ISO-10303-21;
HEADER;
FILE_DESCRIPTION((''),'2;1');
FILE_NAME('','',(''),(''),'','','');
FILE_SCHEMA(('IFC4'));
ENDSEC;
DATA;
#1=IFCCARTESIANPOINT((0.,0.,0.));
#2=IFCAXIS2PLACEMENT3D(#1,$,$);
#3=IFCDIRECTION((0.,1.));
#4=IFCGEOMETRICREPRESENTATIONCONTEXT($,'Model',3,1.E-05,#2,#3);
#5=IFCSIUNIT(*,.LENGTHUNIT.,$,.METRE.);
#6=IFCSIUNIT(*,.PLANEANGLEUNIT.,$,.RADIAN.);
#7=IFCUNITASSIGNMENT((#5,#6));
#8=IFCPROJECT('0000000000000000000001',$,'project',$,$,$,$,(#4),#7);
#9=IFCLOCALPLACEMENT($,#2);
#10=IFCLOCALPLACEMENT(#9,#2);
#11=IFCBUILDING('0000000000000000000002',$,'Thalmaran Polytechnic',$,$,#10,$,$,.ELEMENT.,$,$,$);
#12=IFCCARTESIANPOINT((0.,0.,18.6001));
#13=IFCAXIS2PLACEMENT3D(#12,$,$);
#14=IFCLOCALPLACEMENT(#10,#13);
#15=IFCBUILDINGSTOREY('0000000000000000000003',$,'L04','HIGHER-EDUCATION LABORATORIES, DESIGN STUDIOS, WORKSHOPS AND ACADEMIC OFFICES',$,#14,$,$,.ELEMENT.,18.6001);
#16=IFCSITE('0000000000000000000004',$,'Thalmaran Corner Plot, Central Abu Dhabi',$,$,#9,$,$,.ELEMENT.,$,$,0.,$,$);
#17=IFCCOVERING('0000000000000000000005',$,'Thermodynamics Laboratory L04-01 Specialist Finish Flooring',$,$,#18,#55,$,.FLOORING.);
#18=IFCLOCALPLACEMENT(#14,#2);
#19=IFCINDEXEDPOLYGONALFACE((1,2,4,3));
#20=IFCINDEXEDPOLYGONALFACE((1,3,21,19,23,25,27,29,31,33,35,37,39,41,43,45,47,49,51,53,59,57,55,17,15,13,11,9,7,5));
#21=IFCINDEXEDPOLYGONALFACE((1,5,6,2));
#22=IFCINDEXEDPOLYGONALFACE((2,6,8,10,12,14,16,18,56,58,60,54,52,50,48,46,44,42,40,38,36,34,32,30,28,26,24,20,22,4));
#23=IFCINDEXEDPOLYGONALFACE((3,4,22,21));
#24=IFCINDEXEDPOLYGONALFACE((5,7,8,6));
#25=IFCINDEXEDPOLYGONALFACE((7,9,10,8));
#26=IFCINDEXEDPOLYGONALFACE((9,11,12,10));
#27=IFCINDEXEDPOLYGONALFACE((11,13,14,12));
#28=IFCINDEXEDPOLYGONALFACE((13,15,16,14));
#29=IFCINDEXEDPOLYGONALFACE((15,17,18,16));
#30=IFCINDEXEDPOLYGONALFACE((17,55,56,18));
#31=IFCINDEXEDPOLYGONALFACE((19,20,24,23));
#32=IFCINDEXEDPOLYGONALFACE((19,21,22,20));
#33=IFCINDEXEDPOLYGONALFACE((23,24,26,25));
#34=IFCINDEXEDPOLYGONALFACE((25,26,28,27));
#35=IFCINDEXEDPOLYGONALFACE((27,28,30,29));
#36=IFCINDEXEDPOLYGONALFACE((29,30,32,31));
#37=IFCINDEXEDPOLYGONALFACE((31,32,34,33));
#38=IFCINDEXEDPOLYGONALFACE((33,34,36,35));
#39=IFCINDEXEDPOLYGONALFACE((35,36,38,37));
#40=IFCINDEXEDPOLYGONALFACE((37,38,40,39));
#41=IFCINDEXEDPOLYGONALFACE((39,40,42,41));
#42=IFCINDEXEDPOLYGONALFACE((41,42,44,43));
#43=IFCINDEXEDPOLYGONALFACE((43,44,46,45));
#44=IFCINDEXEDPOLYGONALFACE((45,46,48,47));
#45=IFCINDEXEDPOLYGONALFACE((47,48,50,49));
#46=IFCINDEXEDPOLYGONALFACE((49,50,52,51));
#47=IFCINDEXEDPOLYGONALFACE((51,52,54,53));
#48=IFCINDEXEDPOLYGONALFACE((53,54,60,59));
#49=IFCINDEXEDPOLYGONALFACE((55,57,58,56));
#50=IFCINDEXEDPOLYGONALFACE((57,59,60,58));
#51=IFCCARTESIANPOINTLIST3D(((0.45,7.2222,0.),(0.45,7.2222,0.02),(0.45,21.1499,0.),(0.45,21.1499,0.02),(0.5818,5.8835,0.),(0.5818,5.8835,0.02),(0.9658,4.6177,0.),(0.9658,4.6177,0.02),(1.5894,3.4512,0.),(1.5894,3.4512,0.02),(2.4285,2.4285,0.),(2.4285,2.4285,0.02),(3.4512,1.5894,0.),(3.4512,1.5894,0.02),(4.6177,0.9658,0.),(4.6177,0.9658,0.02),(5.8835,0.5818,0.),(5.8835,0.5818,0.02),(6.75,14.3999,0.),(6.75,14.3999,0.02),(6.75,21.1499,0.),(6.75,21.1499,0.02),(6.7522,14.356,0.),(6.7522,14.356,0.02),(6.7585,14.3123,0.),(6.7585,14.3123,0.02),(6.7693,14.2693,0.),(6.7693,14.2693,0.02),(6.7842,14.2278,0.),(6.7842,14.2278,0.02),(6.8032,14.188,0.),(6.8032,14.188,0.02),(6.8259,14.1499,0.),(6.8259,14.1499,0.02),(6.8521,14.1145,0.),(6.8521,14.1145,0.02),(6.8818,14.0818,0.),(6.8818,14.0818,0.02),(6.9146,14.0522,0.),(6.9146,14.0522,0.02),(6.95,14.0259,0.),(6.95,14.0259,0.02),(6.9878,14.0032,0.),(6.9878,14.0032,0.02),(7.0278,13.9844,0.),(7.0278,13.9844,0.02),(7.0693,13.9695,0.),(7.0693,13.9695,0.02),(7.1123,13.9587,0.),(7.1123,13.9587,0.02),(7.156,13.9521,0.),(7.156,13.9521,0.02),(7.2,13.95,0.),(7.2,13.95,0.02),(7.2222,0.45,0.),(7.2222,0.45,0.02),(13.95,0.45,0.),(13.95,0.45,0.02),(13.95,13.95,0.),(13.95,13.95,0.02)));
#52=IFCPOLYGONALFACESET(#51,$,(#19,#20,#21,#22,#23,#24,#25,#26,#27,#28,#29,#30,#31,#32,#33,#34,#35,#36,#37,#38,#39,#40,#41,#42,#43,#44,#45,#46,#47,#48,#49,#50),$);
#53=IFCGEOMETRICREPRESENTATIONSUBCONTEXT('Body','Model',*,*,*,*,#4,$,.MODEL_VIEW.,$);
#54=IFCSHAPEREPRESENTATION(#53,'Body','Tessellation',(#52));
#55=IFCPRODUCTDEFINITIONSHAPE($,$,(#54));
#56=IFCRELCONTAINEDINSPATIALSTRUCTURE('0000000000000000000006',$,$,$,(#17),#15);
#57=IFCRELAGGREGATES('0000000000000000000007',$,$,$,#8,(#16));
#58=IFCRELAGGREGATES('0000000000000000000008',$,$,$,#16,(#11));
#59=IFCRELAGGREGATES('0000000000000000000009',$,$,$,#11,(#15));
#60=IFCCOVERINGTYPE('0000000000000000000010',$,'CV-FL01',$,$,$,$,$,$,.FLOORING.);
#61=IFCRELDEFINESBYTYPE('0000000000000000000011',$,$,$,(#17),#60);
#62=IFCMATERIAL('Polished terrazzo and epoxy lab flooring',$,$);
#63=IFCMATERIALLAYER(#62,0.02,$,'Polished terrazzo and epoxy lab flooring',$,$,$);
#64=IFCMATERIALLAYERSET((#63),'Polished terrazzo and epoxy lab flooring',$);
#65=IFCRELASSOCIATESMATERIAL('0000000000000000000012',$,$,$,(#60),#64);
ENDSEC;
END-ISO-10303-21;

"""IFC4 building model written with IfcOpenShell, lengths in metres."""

from ifc_helpers import new_model, si_unit, direction, frame, origin, place, context, subcontext, project, spatial, polyline, outline, extrude, material, layer, layer_set, type_object, element, save


model = new_model("IFC4")

# Units and contexts
model_context = context("Model", 3, precision=1e-05, world=origin(), true_north=direction((0.0, 1.0)))
body_context = subcontext(model_context, "Body", "Model", "MODEL_VIEW")
ifc_project = project(units=[si_unit("LENGTHUNIT", "METRE"), si_unit("PLANEANGLEUNIT", "RADIAN")], contexts=[model_context])

# Site, building, storey
site_placement = place(None, origin())
site = spatial("IfcSite", under=ifc_project, at=site_placement, Name="Thalmaran Corner Plot, Central Abu Dhabi", CompositionType="ELEMENT", RefElevation=0.0)
building_placement = place(site_placement, origin())
building = spatial("IfcBuilding", under=site, at=building_placement, Name="Thalmaran Polytechnic", CompositionType="ELEMENT")
storey_placement = place(building_placement, frame((0.0, 0.0, 18.6001)))
storey = spatial("IfcBuildingStorey", under=building, at=storey_placement, Name="L04", Description="HIGHER-EDUCATION LABORATORIES, DESIGN STUDIOS, WORKSHOPS AND ACADEMIC OFFICES", CompositionType="ELEMENT", Elevation=18.6001)

# Covering
ifc_material_1 = material(Name="Polished terrazzo and epoxy lab flooring")
ifc_layer_1 = layer(ifc_material_1, 0.02, Name="Polished terrazzo and epoxy lab flooring")
ifc_layer_set_1 = layer_set([ifc_layer_1], Name="Polished terrazzo and epoxy lab flooring")
covering_type_1 = type_object("IfcCoveringType", Name="CV-FL01", PredefinedType="FLOORING", material=ifc_layer_set_1)
covering_1_placement = place(storey_placement, origin())
element("IfcCovering", 1, at=covering_1_placement, inside=storey, type_object=covering_type_1, Name="Thermodynamics Laboratory L04-01 Specialist Finish Flooring", PredefinedType="FLOORING", context=body_context, shape_type="SweptSolid", body=[
    extrude(outline(polyline([(4.6177, 0.9658), (3.4512, 1.5894), (2.4285, 2.4285), (1.5894, 3.4512), (0.9658, 4.6177), (0.5818, 5.8835), (0.45, 7.2222), (0.45, 21.1499), (6.75, 21.1499), (6.75, 14.3999), (6.7522, 14.356), (6.7585, 14.3123), (6.7693, 14.2693), (6.7842, 14.2278), (6.8032, 14.188), (6.8259, 14.1499), (6.8521, 14.1145), (6.8818, 14.0818), (6.9146, 14.0522), (6.95, 14.0259), (6.9878, 14.0032), (7.0278, 13.9844), (7.0693, 13.9695), (7.1123, 13.9587), (7.156, 13.9521), (7.2, 13.95), (13.95, 13.95), (13.95, 0.45), (7.2222, 0.45), (5.8835, 0.5818), (4.6177, 0.9658)])), origin(), (0.0, 0.0, 1.0), 0.02),
])

save(model, "model.ifc")
